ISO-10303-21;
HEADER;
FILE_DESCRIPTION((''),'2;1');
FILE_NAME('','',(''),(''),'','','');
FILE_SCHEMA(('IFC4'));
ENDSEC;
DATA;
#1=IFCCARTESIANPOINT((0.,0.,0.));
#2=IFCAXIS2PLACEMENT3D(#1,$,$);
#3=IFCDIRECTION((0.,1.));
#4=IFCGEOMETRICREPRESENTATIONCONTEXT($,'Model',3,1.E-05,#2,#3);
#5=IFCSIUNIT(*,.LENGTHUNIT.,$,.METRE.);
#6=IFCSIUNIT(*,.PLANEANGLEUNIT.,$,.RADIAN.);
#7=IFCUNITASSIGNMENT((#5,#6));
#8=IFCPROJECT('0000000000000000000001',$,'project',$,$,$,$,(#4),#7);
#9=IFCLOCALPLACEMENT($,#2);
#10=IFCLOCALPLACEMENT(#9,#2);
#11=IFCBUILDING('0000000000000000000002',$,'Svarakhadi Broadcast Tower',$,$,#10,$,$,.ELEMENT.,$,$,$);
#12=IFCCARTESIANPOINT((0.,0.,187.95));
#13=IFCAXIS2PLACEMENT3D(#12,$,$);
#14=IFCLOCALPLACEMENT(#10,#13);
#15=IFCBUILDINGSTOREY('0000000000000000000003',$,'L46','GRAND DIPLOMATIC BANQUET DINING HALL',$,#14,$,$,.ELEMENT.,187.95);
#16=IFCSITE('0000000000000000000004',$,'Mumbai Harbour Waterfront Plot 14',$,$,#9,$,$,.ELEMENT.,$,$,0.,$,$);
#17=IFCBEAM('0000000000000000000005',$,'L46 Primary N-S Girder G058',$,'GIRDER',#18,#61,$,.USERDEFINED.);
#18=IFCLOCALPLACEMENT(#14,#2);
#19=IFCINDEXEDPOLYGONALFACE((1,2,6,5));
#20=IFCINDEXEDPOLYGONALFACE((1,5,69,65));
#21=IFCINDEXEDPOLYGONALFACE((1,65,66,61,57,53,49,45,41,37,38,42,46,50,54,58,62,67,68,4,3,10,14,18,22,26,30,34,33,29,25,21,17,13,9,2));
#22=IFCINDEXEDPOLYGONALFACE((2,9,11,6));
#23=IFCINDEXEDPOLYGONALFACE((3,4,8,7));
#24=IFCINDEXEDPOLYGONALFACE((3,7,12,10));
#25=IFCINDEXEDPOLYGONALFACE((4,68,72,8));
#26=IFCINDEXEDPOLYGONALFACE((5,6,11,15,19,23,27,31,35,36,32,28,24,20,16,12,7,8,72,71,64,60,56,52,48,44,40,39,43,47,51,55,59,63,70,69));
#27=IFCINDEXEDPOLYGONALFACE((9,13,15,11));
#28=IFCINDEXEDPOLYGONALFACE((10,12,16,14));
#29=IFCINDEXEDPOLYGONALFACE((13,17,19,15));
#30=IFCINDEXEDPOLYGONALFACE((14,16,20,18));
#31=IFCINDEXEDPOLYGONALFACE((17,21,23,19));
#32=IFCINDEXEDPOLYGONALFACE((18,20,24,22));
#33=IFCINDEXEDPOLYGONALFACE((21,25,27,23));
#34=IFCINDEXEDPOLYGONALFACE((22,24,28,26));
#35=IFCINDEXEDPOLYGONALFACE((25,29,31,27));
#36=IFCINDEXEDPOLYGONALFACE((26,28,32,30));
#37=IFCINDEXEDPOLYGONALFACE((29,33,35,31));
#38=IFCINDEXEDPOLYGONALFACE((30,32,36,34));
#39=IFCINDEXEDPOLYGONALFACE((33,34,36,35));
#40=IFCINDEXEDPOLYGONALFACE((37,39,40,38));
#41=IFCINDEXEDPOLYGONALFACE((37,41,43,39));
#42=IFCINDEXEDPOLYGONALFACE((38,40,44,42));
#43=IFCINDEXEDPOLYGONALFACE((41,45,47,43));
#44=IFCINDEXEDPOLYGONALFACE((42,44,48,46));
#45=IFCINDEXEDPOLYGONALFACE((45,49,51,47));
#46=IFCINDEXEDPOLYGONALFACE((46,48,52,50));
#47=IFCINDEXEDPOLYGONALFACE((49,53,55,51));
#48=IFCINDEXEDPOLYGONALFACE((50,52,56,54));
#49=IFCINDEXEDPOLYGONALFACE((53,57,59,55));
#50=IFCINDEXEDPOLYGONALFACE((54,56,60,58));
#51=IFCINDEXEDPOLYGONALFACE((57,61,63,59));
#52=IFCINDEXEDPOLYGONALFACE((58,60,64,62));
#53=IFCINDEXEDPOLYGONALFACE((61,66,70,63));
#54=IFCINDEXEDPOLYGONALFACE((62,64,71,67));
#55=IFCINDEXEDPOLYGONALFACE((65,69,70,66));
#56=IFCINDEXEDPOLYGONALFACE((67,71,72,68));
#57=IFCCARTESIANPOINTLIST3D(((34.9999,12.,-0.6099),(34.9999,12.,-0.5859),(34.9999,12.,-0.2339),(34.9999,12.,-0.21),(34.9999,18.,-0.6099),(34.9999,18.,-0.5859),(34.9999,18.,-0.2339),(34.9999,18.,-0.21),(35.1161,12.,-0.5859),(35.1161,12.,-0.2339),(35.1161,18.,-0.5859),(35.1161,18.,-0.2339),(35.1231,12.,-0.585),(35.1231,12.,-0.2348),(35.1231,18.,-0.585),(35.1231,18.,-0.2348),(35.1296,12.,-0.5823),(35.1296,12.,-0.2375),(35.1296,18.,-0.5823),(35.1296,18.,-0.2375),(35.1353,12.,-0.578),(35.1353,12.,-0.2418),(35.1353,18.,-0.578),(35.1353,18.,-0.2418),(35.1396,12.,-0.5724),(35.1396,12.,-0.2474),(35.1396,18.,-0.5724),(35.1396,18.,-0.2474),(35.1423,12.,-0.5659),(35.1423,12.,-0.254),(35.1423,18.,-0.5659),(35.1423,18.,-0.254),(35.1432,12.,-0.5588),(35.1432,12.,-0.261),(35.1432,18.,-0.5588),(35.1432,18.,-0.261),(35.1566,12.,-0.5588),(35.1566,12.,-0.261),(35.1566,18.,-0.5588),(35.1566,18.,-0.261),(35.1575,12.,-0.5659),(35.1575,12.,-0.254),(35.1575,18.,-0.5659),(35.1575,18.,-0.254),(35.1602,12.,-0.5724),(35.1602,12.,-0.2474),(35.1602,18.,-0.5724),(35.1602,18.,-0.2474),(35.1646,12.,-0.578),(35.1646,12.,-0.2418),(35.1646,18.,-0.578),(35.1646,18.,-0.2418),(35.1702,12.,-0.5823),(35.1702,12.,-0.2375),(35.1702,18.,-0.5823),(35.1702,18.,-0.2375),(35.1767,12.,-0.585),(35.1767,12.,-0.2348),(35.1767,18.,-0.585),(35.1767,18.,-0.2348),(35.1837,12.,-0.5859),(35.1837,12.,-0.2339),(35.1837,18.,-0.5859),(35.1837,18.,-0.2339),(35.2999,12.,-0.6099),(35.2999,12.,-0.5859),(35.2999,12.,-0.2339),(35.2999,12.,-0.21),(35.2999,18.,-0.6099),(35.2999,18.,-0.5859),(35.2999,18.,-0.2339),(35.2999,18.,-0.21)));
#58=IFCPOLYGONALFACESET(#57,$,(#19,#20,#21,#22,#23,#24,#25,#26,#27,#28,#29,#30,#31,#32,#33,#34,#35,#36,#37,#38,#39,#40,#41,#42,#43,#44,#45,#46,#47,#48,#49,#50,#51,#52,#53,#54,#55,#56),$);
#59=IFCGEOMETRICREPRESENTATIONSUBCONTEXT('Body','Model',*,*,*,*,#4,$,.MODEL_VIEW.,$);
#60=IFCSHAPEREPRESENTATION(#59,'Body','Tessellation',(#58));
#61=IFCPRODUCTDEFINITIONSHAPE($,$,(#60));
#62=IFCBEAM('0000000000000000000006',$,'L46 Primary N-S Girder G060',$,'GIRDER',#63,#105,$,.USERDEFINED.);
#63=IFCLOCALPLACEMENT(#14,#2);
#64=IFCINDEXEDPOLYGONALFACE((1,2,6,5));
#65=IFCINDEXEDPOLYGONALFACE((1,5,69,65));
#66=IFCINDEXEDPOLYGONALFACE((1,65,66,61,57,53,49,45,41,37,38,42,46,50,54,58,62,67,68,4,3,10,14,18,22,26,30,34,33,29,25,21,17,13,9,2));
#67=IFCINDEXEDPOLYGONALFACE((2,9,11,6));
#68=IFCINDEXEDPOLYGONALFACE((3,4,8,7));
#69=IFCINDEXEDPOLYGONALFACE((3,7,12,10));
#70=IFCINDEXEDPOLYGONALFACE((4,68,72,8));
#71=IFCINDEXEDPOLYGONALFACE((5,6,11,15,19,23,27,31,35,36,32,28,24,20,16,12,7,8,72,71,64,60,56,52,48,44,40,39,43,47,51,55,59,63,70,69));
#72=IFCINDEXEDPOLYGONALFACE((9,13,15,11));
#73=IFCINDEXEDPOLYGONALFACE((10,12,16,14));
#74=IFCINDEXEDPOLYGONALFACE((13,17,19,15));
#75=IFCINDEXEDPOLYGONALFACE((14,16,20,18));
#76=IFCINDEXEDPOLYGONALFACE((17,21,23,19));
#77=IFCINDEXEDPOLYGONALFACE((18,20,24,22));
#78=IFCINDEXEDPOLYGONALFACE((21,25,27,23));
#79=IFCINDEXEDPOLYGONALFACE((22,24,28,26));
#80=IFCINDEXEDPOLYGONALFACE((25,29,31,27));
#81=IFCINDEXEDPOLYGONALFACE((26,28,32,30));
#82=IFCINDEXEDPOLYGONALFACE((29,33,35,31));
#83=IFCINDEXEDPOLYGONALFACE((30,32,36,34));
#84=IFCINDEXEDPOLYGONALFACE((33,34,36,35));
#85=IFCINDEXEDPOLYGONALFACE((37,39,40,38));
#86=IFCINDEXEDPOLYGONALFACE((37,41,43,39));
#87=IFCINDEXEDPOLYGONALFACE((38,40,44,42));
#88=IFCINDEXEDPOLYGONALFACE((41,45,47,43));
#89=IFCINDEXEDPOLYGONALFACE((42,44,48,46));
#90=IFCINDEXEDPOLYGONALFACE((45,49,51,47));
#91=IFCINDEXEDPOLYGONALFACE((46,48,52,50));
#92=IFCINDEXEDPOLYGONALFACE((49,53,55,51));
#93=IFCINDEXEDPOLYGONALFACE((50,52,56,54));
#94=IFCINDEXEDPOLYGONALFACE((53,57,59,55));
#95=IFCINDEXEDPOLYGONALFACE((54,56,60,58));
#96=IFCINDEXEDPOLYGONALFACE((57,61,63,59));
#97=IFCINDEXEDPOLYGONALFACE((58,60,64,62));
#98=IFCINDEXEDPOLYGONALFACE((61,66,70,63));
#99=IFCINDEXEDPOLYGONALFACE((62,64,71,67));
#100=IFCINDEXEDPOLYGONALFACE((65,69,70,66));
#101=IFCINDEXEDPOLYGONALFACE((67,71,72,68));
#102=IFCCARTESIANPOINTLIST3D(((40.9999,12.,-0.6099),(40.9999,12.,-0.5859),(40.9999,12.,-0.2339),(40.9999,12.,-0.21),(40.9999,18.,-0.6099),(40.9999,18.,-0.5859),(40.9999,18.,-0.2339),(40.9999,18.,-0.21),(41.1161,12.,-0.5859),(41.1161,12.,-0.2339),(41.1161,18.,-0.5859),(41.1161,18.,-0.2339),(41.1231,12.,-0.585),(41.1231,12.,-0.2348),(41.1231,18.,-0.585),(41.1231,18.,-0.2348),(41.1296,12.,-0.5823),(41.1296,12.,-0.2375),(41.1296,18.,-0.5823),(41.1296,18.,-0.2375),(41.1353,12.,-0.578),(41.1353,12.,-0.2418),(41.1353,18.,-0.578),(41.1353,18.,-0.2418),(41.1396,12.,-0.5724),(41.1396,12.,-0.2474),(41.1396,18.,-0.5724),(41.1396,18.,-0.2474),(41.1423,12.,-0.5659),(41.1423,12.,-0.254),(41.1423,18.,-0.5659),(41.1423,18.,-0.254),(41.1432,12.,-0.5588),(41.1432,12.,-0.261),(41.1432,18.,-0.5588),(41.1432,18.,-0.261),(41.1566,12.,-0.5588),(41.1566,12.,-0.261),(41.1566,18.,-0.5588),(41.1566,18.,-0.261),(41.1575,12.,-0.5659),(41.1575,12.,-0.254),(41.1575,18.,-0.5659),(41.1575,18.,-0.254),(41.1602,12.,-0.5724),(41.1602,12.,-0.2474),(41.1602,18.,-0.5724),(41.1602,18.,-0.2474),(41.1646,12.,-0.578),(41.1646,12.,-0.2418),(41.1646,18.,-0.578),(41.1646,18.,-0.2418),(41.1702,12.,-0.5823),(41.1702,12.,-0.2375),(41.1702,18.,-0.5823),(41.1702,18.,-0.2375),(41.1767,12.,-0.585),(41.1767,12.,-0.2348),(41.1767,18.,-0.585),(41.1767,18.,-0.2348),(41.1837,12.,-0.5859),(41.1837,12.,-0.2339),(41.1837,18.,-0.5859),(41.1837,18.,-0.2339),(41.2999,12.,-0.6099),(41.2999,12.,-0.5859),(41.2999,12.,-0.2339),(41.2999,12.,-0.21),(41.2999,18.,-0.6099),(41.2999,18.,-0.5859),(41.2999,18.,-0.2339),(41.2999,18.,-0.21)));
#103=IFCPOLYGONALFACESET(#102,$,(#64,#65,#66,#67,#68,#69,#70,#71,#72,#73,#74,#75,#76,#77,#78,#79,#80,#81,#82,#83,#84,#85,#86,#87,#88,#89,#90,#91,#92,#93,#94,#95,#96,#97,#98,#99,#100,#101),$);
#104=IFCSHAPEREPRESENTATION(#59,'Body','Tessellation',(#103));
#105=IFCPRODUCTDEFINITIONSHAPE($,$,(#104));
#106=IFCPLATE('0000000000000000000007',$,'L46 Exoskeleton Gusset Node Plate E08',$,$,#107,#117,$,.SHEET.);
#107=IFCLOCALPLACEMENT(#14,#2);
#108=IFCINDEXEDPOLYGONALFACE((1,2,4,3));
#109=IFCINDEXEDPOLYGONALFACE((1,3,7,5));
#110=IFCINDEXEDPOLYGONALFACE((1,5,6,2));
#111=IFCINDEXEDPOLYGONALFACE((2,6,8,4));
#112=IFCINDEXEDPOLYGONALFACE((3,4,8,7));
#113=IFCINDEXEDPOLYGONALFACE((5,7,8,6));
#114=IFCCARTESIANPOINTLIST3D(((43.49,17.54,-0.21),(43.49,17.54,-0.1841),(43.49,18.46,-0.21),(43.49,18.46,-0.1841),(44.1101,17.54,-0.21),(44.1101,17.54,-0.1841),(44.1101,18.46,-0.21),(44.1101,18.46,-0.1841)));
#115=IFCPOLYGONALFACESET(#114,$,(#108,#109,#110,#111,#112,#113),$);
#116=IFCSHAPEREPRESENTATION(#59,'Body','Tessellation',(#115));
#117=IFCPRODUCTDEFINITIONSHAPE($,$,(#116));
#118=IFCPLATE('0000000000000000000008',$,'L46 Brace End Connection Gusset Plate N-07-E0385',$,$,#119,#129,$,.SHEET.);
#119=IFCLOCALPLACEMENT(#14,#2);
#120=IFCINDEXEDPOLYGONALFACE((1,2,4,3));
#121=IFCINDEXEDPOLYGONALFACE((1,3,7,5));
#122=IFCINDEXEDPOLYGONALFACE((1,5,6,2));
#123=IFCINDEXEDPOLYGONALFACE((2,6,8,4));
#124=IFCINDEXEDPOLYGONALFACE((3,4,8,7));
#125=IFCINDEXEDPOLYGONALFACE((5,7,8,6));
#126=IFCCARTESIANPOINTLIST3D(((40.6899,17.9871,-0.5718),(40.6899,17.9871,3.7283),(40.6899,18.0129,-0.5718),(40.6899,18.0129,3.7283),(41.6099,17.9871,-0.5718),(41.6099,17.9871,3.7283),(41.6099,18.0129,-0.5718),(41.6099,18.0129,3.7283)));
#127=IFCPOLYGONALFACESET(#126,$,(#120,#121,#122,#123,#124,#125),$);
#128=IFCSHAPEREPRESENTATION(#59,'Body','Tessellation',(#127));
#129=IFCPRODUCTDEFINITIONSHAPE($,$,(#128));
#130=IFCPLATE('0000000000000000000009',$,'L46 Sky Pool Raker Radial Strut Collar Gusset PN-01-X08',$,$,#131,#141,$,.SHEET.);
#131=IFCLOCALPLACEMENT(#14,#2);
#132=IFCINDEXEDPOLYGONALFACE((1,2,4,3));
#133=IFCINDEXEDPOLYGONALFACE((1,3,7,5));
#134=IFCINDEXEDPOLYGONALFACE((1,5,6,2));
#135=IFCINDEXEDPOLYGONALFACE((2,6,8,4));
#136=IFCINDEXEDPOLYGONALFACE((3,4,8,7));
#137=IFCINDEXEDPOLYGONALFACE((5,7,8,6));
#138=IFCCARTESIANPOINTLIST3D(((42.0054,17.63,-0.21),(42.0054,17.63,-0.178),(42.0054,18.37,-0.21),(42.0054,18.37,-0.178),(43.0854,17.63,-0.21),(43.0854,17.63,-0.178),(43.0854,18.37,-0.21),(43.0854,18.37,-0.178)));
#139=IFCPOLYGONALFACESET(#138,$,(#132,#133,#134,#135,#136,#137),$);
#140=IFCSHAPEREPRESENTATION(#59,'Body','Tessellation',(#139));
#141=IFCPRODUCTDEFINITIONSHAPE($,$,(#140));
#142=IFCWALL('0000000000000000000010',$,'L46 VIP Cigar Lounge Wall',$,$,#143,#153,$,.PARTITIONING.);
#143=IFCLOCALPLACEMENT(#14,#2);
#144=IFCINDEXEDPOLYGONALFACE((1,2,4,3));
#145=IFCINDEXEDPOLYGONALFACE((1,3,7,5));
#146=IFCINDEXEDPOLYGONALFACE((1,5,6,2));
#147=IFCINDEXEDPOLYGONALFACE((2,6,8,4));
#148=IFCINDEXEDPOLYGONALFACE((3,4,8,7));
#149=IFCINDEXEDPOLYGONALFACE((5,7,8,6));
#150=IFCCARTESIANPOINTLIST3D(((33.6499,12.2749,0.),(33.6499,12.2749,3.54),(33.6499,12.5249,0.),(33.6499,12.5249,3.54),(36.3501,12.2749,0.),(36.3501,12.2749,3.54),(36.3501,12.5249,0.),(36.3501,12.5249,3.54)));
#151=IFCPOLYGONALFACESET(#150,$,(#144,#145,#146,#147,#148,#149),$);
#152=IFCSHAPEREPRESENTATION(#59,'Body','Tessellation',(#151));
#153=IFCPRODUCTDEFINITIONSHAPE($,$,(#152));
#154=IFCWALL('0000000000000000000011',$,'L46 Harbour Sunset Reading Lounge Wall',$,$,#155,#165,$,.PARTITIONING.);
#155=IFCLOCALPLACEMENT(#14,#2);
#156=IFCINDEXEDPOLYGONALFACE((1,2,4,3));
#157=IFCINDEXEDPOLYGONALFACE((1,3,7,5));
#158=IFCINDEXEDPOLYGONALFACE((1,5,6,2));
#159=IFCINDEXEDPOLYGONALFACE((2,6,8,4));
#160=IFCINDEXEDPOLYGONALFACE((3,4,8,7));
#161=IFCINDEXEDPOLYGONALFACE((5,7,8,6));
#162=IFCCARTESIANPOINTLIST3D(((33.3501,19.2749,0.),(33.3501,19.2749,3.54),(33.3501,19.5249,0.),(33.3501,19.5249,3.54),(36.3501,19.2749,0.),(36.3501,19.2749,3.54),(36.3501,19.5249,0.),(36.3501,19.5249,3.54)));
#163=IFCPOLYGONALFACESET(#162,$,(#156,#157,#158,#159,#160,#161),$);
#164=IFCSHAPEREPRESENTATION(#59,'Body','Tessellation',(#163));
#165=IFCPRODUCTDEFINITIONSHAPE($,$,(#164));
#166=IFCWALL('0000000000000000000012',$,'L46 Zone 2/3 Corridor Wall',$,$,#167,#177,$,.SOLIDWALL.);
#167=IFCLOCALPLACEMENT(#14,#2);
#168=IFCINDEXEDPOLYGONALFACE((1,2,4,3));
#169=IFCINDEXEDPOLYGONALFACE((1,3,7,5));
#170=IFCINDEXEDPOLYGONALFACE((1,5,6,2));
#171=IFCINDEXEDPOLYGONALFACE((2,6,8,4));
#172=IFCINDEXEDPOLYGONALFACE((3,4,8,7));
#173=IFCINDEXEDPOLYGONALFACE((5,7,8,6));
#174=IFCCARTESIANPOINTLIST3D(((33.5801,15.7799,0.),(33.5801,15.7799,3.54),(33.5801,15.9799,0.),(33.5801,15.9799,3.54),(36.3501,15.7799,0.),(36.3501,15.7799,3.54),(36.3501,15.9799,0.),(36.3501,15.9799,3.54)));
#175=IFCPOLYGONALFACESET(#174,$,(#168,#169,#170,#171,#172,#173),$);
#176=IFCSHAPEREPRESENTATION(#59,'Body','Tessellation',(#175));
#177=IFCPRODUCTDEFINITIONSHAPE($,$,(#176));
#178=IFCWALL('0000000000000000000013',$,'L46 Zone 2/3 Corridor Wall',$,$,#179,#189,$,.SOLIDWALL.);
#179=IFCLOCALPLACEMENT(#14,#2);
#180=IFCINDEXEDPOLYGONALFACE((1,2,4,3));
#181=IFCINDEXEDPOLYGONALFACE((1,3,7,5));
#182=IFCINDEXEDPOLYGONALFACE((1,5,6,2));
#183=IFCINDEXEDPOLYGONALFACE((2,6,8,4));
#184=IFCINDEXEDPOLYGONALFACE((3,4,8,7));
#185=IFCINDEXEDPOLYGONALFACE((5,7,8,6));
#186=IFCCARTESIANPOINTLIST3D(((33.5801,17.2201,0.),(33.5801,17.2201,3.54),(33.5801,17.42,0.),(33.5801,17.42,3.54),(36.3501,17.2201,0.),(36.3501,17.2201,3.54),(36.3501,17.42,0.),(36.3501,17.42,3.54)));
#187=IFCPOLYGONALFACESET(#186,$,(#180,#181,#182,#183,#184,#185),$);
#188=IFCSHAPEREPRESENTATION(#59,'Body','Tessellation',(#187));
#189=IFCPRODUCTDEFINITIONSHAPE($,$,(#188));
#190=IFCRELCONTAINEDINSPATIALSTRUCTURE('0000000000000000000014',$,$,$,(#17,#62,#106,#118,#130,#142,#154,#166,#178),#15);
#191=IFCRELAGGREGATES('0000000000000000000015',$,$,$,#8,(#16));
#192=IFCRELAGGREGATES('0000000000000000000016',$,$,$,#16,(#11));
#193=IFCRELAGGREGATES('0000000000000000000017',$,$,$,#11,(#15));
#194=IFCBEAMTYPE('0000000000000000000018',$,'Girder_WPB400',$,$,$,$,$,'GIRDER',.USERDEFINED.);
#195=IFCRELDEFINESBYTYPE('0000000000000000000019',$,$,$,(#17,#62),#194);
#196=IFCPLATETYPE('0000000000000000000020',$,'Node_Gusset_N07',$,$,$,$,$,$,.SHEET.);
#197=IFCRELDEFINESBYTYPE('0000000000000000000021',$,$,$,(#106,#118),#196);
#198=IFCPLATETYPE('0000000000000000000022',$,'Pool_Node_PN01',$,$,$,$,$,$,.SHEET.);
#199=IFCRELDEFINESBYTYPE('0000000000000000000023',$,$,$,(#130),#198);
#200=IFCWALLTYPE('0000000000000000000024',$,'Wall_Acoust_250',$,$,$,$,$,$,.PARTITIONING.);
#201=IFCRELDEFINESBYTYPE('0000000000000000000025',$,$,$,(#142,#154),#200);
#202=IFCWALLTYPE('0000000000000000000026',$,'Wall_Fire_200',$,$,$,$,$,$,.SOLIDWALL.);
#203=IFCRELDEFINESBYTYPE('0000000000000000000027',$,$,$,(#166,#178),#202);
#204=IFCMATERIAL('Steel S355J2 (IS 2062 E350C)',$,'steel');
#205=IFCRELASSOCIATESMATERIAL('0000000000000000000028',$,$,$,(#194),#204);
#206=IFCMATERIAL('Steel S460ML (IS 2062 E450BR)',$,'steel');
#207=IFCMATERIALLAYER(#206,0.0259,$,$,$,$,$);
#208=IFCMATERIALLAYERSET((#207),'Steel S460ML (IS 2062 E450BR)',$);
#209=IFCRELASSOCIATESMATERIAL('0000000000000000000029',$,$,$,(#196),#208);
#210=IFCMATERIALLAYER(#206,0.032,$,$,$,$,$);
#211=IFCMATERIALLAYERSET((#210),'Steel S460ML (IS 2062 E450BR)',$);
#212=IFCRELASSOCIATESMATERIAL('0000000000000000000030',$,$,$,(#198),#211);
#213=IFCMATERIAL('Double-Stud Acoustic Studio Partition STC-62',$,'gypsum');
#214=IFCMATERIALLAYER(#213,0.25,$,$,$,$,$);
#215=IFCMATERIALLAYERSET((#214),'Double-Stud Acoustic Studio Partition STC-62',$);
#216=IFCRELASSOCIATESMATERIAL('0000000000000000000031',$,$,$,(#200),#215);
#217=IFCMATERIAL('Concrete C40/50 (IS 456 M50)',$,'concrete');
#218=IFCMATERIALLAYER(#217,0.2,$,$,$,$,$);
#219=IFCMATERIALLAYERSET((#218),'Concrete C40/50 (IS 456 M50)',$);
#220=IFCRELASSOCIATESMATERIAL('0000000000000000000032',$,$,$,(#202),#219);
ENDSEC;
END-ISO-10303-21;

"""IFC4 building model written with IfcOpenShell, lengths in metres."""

from ifc_helpers import new_model, si_unit, direction, frame, frame_2d, origin, origin_2d, place, context, subcontext, project, spatial, rectangle, i_section, extrude, material, layer, layer_set, material_profile, profile_set, type_object, element, save


model = new_model("IFC4")

# Units and contexts
model_context = context("Model", 3, precision=1e-05, world=origin(), true_north=direction((0.0, 1.0)))
body_context = subcontext(model_context, "Body", "Model", "MODEL_VIEW")
ifc_project = project(units=[si_unit("LENGTHUNIT", "METRE"), si_unit("PLANEANGLEUNIT", "RADIAN")], contexts=[model_context])

# Site, building, storey
site_placement = place(None, origin())
site = spatial("IfcSite", under=ifc_project, at=site_placement, Name="Mumbai Harbour Waterfront Plot 14", CompositionType="ELEMENT", RefElevation=0.0)
building_placement = place(site_placement, origin())
building = spatial("IfcBuilding", under=site, at=building_placement, Name="Svarakhadi Broadcast Tower", CompositionType="ELEMENT")
storey_placement = place(building_placement, frame((0.0, 0.0, 187.95)))
storey = spatial("IfcBuildingStorey", under=building, at=storey_placement, Name="L46", Description="GRAND DIPLOMATIC BANQUET DINING HALL", CompositionType="ELEMENT", Elevation=187.95)

# Shared definitions
ifc_material_1 = material(Name="Steel S460ML (IS 2062 E450BR)", Category="steel")

# Shared definitions
ifc_material_2 = material(Name="Steel S355J2 (IS 2062 E350C)", Category="steel")

# Beams
ifc_material_profile_1 = material_profile(ifc_material_2, i_section(OverallWidth=0.3, OverallDepth=0.3999, WebThickness=0.0134, FlangeThickness=0.0239, FilletRadius=0.0271, at=origin_2d()), Name="WPB 400x300x155")
ifc_profile_set_1 = profile_set([ifc_material_profile_1], Name="Steel S355J2 (IS 2062 E350C)")
beam_type_1 = type_object("IfcBeamType", Name="Girder_WPB400", ElementType="GIRDER", PredefinedType="USERDEFINED", material=ifc_profile_set_1)
for number, where, z_axis, x_axis, name in (
    (1, (35.1499, 12.0, -0.4099), (0.0, 1.0, 0.0), (-1.0, 0.0, 0.0), "L46 Primary N-S Girder G058"),
    (2, (41.1499, 12.0, -0.4099), (0.0, 1.0, 0.0), (-1.0, 0.0, 0.0), "L46 Primary N-S Girder G060"),
):
    element("IfcBeam", number, at=place(storey_placement, frame(where, z_axis=z_axis, x_axis=x_axis)), inside=storey, type_object=beam_type_1, Name=name, ObjectType="GIRDER", PredefinedType="USERDEFINED", context=body_context, shape_type="SweptSolid", body=[
        extrude(i_section(OverallWidth=0.3, OverallDepth=0.3999, WebThickness=0.0134, FlangeThickness=0.0239, FilletRadius=0.0271, at=origin_2d()), origin(), (0.0, 0.0, 1.0), 6.0),
    ])

# Plates
ifc_layer_1 = layer(ifc_material_1, 0.0259)
ifc_layer_set_1 = layer_set([ifc_layer_1], Name="Steel S460ML (IS 2062 E450BR)")
plate_type_1 = type_object("IfcPlateType", Name="Node_Gusset_N07", PredefinedType="SHEET", material=ifc_layer_set_1)
plate_1_placement = place(storey_placement, frame((43.8, 18.0, -0.21), z_axis=(0.0, 0.0, 1.0), x_axis=(0.0, 1.0, 0.0)))
element("IfcPlate", 3, at=plate_1_placement, inside=storey, type_object=plate_type_1, Name="L46 Exoskeleton Gusset Node Plate E08", PredefinedType="SHEET", context=body_context, shape_type="SweptSolid", body=[
    extrude(rectangle(XDim=0.9199, YDim=0.6201, at=origin_2d()), origin(), (0.0, 0.0, 1.0), 0.0259),
])
plate_2_placement = place(storey_placement, frame((41.1499, 18.0, -0.5718), z_axis=(0.0, 0.0, 1.0), x_axis=(1.0, 0.0, 0.0)))
element("IfcPlate", 4, at=plate_2_placement, inside=storey, type_object=plate_type_1, Name="L46 Brace End Connection Gusset Plate N-07-E0385", PredefinedType="SHEET", context=body_context, shape_type="SweptSolid", body=[
    extrude(rectangle(XDim=0.9199, YDim=0.0259, at=origin_2d()), origin(), (0.0, 0.0, 1.0), 4.3),
])
ifc_layer_2 = layer(ifc_material_1, 0.032)
ifc_layer_set_2 = layer_set([ifc_layer_2], Name="Steel S460ML (IS 2062 E450BR)")
plate_type_2 = type_object("IfcPlateType", Name="Pool_Node_PN01", PredefinedType="SHEET", material=ifc_layer_set_2)
plate_3_placement = place(storey_placement, frame((42.5454, 18.0, -0.21), z_axis=(0.0, 0.0, 1.0), x_axis=(1.0, 0.0, 0.0)))
element("IfcPlate", 5, at=plate_3_placement, inside=storey, type_object=plate_type_2, Name="L46 Sky Pool Raker Radial Strut Collar Gusset PN-01-X08", PredefinedType="SHEET", context=body_context, shape_type="SweptSolid", body=[
    extrude(rectangle(XDim=1.0801, YDim=0.74, at=origin_2d()), origin(), (0.0, 0.0, 1.0), 0.032),
])

# Walls
ifc_material_3 = material(Name="Double-Stud Acoustic Studio Partition STC-62", Category="gypsum")
ifc_layer_3 = layer(ifc_material_3, 0.25)
ifc_layer_set_3 = layer_set([ifc_layer_3], Name="Double-Stud Acoustic Studio Partition STC-62")
wall_type_1 = type_object("IfcWallType", Name="Wall_Acoust_250", PredefinedType="PARTITIONING", material=ifc_layer_set_3)
wall_1_placement = place(storey_placement, frame((33.6499, 12.3999, 0.0), z_axis=(0.0, 0.0, 1.0), x_axis=(1.0, 0.0, 0.0)))
element("IfcWall", 6, at=wall_1_placement, inside=storey, type_object=wall_type_1, Name="L46 VIP Cigar Lounge Wall", PredefinedType="PARTITIONING", context=body_context, shape_type="SweptSolid", body=[
    extrude(rectangle(XDim=2.7002, YDim=0.25, at=frame_2d((1.3501, 0.0))), origin(), (0.0, 0.0, 1.0), 3.54),
])
wall_2_placement = place(storey_placement, frame((33.3501, 19.3999, 0.0), z_axis=(0.0, 0.0, 1.0), x_axis=(1.0, 0.0, 0.0)))
element("IfcWall", 7, at=wall_2_placement, inside=storey, type_object=wall_type_1, Name="L46 Harbour Sunset Reading Lounge Wall", PredefinedType="PARTITIONING", context=body_context, shape_type="SweptSolid", body=[
    extrude(rectangle(XDim=3.0, YDim=0.25, at=frame_2d((1.5, 0.0))), origin(), (0.0, 0.0, 1.0), 3.54),
])
ifc_material_4 = material(Name="Concrete C40/50 (IS 456 M50)", Category="concrete")
ifc_layer_4 = layer(ifc_material_4, 0.2)
ifc_layer_set_4 = layer_set([ifc_layer_4], Name="Concrete C40/50 (IS 456 M50)")
wall_type_2 = type_object("IfcWallType", Name="Wall_Fire_200", PredefinedType="SOLIDWALL", material=ifc_layer_set_4)
for number, where, z_axis, x_axis, name in (
    (8, (36.3501, 15.8799, 0.0), (0.0, 0.0, 1.0), (-1.0, 0.0, 0.0), "L46 Zone 2/3 Corridor Wall"),
    (9, (33.5801, 17.3201, 0.0), (0.0, 0.0, 1.0), (1.0, 0.0, 0.0), "L46 Zone 2/3 Corridor Wall"),
):
    element("IfcWall", number, at=place(storey_placement, frame(where, z_axis=z_axis, x_axis=x_axis)), inside=storey, type_object=wall_type_2, Name=name, PredefinedType="SOLIDWALL", context=body_context, shape_type="SweptSolid", body=[
        extrude(rectangle(XDim=2.77, YDim=0.2, at=frame_2d((1.385, 0.0))), origin(), (0.0, 0.0, 1.0), 3.54),
    ])

save(model, "model.ifc")
